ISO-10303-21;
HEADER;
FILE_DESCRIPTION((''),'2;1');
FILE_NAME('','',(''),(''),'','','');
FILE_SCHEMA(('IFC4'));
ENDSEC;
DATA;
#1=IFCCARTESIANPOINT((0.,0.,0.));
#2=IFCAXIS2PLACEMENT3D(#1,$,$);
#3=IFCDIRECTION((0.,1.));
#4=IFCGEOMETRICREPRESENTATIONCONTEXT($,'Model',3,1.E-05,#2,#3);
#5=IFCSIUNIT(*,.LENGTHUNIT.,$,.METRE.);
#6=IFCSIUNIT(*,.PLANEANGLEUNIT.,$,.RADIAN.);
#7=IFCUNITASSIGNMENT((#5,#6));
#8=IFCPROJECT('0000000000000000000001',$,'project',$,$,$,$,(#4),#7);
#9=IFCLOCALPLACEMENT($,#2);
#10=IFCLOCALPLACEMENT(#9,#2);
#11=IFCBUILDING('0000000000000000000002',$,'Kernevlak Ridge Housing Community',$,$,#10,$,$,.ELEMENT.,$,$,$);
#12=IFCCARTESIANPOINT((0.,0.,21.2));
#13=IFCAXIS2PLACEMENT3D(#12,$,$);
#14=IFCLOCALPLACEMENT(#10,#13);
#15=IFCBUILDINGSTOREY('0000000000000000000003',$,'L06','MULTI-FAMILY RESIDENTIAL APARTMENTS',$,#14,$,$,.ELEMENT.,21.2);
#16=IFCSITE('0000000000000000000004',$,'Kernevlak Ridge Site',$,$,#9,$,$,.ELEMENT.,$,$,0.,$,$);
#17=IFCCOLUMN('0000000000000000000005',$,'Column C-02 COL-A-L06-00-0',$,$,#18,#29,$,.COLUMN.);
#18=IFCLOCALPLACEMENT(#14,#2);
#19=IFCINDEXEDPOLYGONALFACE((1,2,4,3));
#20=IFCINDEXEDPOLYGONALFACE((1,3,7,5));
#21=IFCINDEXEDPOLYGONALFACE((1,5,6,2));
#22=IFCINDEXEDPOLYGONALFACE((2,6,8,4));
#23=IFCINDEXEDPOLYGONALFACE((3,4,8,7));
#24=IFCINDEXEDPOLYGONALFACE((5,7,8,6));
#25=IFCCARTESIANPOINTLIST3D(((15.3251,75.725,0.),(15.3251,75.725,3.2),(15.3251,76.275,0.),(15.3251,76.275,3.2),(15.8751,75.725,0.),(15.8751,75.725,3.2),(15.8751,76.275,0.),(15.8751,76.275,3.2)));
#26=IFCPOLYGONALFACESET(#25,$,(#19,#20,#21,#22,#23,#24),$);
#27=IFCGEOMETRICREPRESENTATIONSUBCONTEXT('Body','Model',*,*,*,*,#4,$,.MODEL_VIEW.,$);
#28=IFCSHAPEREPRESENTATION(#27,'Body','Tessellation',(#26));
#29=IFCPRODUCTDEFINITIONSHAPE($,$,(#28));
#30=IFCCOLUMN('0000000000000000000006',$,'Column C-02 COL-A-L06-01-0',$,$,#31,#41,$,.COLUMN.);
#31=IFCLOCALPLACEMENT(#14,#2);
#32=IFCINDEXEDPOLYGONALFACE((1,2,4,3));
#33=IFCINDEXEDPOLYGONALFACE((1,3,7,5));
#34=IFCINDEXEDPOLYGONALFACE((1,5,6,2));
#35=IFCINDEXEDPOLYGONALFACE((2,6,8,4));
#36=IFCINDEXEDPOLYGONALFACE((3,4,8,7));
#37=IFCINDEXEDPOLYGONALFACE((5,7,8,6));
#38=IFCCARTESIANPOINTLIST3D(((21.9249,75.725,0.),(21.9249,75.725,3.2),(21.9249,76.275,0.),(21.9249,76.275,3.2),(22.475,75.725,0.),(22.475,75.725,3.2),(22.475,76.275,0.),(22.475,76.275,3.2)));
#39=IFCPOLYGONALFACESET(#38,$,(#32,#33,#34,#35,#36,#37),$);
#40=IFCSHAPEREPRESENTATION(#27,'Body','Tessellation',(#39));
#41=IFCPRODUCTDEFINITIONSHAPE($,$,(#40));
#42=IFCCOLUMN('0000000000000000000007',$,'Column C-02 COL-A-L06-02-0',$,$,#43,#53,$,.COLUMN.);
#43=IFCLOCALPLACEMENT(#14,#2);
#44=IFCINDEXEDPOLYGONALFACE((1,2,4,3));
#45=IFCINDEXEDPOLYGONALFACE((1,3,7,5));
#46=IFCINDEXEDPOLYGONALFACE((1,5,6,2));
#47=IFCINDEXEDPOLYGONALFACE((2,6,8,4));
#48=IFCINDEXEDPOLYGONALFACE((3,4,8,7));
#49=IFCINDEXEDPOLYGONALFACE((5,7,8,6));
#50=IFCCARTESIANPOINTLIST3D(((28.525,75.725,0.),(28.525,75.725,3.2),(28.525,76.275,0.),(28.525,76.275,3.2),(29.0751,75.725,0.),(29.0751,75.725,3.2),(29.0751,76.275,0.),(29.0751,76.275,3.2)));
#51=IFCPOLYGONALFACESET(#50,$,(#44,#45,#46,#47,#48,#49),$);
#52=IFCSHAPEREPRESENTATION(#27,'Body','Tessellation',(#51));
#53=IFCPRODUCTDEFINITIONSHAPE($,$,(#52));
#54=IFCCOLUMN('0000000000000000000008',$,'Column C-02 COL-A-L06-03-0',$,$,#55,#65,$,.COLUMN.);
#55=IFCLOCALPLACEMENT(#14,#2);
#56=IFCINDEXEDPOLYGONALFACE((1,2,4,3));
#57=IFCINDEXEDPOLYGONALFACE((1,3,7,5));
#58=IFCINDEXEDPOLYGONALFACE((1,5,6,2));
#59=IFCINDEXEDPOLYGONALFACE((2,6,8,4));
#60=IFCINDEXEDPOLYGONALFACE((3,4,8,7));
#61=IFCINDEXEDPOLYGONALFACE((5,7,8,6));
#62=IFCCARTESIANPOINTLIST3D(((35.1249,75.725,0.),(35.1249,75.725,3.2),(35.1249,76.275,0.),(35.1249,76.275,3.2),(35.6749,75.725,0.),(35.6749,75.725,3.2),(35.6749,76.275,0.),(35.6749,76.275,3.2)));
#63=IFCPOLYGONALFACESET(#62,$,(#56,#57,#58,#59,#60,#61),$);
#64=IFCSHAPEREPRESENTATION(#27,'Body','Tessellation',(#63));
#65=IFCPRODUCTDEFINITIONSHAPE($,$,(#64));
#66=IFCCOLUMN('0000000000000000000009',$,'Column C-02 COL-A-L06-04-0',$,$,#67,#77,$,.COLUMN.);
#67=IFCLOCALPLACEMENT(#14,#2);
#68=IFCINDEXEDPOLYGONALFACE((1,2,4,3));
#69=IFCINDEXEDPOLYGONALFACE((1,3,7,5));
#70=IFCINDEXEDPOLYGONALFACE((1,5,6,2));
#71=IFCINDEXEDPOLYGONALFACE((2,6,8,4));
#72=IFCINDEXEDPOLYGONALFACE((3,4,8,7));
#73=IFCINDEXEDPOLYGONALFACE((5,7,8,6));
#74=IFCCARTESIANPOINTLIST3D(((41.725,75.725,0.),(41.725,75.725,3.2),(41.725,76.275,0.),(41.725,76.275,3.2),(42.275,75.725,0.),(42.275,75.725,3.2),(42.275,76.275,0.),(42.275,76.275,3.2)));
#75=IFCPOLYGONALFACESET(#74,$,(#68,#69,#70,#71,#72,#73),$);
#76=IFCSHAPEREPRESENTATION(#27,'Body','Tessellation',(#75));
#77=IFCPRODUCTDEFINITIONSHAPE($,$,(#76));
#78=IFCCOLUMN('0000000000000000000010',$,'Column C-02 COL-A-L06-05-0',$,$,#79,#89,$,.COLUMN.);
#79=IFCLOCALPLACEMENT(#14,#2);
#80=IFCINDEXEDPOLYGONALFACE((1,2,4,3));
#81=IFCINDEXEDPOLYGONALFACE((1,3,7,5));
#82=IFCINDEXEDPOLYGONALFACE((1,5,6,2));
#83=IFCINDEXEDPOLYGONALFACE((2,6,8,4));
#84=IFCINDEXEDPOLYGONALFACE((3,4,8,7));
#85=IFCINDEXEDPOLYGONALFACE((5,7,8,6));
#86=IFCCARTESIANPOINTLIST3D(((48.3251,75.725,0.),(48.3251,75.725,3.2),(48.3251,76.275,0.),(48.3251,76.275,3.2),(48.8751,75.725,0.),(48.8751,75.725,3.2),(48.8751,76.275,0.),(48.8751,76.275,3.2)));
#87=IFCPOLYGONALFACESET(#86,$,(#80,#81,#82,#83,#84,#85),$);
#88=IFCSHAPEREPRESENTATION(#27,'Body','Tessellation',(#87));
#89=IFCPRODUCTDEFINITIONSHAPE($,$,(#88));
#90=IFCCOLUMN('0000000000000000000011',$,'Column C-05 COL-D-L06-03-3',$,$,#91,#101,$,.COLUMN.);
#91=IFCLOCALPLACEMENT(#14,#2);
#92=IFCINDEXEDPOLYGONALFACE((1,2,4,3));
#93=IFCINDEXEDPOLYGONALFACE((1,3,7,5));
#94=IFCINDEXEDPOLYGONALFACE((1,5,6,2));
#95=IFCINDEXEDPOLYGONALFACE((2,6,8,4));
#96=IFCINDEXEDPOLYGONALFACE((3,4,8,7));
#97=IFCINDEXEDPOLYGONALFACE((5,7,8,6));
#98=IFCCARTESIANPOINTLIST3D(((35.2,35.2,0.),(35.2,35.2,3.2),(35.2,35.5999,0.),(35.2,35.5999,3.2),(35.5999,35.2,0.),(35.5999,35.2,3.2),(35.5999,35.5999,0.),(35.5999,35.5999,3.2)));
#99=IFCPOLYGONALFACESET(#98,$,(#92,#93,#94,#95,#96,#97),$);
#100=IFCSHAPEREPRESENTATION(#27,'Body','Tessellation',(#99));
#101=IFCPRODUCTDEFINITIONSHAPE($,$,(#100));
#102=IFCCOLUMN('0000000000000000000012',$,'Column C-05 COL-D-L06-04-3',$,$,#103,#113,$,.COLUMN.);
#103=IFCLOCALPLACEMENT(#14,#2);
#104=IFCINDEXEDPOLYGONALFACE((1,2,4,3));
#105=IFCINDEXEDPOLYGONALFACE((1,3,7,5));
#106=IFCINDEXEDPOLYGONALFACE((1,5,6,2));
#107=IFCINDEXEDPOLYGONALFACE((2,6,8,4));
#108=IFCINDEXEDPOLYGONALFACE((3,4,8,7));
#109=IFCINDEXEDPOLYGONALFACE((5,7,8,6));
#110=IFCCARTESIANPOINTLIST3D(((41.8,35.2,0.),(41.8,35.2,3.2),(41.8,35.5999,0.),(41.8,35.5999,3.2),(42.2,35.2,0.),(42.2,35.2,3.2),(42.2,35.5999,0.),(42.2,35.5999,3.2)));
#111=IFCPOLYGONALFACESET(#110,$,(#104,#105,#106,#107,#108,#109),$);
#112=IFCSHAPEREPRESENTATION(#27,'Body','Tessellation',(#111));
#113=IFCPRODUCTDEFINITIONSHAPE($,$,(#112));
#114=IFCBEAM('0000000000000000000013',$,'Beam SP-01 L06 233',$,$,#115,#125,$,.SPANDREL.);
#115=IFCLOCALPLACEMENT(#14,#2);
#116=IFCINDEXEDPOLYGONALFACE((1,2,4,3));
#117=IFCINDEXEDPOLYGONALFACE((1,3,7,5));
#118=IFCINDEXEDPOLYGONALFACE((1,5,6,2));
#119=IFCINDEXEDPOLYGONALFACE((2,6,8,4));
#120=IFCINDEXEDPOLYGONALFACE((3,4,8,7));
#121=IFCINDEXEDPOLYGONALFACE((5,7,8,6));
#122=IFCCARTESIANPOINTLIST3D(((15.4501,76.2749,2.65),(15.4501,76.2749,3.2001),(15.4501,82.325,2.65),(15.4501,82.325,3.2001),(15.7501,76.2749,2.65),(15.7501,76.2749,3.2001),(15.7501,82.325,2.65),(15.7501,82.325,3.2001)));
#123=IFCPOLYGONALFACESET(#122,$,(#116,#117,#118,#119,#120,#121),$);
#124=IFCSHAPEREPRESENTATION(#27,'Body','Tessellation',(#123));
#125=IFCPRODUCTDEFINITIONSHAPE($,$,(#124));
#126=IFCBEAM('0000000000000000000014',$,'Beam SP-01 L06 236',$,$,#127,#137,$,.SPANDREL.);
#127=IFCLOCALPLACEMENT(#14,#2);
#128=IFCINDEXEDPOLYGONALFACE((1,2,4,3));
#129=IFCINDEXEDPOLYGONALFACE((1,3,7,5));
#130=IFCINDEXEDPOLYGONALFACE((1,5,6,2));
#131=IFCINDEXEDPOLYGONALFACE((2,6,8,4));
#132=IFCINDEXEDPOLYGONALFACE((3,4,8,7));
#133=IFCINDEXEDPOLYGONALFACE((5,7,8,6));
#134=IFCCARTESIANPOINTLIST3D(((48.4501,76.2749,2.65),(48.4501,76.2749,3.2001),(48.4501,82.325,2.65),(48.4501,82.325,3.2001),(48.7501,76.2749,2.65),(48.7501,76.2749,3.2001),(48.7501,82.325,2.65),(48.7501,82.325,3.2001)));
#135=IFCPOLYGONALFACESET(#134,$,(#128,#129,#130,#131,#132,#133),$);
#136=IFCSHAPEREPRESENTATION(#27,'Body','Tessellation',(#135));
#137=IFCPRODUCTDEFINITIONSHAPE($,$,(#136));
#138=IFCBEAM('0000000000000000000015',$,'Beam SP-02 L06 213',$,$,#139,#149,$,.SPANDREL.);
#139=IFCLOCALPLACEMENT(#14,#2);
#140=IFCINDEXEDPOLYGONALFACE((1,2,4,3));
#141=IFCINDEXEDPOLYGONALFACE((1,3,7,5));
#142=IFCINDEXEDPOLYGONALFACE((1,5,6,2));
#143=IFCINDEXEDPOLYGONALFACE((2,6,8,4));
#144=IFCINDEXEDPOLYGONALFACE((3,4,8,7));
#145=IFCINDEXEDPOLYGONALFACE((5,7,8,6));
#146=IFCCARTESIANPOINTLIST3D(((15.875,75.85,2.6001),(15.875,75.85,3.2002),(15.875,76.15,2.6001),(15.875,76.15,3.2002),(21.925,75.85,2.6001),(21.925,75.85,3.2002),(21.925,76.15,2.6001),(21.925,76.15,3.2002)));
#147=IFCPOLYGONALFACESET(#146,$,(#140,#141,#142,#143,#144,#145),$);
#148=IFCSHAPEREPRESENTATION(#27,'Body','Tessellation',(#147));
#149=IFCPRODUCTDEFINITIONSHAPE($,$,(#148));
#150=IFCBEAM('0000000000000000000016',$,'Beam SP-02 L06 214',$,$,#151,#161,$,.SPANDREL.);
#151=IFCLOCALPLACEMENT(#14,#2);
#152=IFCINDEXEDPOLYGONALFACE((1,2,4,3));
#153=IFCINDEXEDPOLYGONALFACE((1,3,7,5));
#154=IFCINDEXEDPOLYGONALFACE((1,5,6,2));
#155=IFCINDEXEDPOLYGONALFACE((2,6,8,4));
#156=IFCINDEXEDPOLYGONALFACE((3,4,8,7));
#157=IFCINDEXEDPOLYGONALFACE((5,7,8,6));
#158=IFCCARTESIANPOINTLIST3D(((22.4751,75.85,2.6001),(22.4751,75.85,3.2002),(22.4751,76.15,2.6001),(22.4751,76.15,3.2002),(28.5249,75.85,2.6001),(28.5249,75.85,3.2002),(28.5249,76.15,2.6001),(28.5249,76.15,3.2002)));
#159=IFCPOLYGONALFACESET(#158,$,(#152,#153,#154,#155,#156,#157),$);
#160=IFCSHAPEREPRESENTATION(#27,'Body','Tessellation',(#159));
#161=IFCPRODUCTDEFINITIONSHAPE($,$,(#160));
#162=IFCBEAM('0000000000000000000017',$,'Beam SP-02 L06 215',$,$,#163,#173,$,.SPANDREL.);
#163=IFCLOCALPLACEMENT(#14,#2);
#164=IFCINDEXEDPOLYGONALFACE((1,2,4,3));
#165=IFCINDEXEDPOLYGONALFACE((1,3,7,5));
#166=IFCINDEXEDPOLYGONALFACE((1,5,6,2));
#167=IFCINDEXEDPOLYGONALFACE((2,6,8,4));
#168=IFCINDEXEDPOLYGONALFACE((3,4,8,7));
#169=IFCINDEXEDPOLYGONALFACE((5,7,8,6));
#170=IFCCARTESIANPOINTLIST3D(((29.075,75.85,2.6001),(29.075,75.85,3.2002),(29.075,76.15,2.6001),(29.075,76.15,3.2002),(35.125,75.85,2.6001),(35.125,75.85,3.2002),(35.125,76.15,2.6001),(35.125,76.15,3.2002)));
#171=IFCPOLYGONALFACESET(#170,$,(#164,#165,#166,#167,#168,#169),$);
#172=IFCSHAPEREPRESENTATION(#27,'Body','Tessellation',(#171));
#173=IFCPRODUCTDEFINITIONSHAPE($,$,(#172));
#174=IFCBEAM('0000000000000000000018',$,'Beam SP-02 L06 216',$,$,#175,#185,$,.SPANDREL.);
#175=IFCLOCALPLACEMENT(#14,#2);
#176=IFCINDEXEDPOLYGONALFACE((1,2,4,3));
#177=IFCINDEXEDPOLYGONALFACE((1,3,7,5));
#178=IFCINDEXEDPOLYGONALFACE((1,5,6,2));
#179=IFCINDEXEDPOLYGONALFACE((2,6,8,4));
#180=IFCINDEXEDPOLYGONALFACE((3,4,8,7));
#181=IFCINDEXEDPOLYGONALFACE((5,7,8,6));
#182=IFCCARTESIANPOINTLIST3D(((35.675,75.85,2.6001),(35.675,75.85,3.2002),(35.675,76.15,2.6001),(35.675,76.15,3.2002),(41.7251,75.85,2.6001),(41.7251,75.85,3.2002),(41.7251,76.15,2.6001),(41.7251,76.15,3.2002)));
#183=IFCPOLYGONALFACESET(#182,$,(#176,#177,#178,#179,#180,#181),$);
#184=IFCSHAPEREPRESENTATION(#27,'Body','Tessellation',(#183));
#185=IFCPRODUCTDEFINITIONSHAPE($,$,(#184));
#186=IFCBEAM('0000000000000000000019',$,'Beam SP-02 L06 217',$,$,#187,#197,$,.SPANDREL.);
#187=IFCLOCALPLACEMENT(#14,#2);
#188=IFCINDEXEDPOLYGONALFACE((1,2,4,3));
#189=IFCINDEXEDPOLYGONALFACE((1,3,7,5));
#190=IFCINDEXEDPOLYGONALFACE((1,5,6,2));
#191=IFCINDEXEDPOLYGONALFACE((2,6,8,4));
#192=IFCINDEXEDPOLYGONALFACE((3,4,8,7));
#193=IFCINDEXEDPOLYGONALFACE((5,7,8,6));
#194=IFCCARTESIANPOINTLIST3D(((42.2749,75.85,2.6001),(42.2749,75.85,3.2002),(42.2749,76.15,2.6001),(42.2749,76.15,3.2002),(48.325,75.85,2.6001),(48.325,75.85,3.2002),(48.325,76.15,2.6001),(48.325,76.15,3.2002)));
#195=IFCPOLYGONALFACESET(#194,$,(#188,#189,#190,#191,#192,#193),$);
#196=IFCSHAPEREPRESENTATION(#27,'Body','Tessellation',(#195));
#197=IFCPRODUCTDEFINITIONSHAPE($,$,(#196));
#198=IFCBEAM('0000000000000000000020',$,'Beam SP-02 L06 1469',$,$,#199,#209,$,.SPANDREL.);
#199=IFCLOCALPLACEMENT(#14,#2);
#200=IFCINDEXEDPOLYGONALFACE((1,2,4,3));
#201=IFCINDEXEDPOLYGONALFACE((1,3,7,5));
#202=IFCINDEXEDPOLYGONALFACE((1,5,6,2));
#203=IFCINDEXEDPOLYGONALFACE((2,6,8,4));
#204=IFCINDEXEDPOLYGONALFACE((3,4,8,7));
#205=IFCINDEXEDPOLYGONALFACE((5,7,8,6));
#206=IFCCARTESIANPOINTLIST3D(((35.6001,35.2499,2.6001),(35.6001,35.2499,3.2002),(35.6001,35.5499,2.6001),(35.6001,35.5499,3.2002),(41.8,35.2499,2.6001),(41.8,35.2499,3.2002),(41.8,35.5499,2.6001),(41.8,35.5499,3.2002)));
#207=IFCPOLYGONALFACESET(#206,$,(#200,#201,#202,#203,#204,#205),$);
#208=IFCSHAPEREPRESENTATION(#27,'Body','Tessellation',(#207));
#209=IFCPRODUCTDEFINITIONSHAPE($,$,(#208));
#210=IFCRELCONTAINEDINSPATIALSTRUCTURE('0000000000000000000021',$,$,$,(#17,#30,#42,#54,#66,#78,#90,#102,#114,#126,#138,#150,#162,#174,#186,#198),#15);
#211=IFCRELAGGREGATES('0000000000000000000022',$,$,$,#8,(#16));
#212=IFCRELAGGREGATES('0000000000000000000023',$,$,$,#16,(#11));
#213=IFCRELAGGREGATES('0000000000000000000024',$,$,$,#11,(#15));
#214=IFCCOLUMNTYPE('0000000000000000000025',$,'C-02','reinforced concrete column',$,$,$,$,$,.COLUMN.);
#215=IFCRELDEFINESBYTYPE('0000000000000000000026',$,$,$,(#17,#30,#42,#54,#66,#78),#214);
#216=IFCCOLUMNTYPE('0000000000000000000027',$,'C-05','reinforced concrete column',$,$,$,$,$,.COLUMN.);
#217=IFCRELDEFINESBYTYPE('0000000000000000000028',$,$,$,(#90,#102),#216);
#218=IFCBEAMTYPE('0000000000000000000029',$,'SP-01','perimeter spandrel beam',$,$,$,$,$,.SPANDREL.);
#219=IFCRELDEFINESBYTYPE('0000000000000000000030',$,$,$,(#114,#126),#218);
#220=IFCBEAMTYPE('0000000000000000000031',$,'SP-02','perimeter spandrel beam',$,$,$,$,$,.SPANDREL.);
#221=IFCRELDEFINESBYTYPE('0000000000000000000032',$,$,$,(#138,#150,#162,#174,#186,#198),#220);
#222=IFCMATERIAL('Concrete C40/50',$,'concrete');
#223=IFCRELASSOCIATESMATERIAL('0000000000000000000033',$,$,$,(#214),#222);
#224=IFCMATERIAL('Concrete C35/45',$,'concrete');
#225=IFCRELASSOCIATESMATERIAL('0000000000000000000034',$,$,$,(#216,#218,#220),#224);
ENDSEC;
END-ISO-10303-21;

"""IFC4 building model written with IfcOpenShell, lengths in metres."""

from ifc_helpers import new_model, si_unit, direction, frame, origin, origin_2d, place, context, subcontext, project, spatial, rectangle, extrude, material, material_profile, profile_set, type_object, element, save


model = new_model("IFC4")

# Units and contexts
model_context = context("Model", 3, precision=1e-05, world=origin(), true_north=direction((0.0, 1.0)))
body_context = subcontext(model_context, "Body", "Model", "MODEL_VIEW")
ifc_project = project(units=[si_unit("LENGTHUNIT", "METRE"), si_unit("PLANEANGLEUNIT", "RADIAN")], contexts=[model_context])

# Site, building, storey
site_placement = place(None, origin())
site = spatial("IfcSite", under=ifc_project, at=site_placement, Name="Kernevlak Ridge Site", CompositionType="ELEMENT", RefElevation=0.0)
building_placement = place(site_placement, origin())
building = spatial("IfcBuilding", under=site, at=building_placement, Name="Kernevlak Ridge Housing Community", CompositionType="ELEMENT")
storey_placement = place(building_placement, frame((0.0, 0.0, 21.2)))
storey = spatial("IfcBuildingStorey", under=building, at=storey_placement, Name="L06", Description="MULTI-FAMILY RESIDENTIAL APARTMENTS", CompositionType="ELEMENT", Elevation=21.2)

# Columns
ifc_material_1 = material(Name="Concrete C40/50", Category="concrete")
ifc_material_profile_1 = material_profile(ifc_material_1, rectangle(XDim=0.55, YDim=0.55, at=origin_2d()), Name="RC 550x550")
ifc_profile_set_1 = profile_set([ifc_material_profile_1], Name="Concrete C40/50")
column_type_1 = type_object("IfcColumnType", Name="C-02", Description="reinforced concrete column", PredefinedType="COLUMN", material=ifc_profile_set_1)
for number, where, z_axis, x_axis, name in (
    (1, (15.6001, 76.0, 0.0), (0.0, 0.0, 1.0), (1.0, 0.0, 0.0), "Column C-02 COL-A-L06-00-0"),
    (2, (22.2, 76.0, 0.0), (0.0, 0.0, 1.0), (1.0, 0.0, 0.0), "Column C-02 COL-A-L06-01-0"),
    (3, (28.8, 76.0, 0.0), (0.0, 0.0, 1.0), (1.0, 0.0, 0.0), "Column C-02 COL-A-L06-02-0"),
    (4, (35.3999, 76.0, 0.0), (0.0, 0.0, 1.0), (1.0, 0.0, 0.0), "Column C-02 COL-A-L06-03-0"),
    (5, (42.0, 76.0, 0.0), (0.0, 0.0, 1.0), (1.0, 0.0, 0.0), "Column C-02 COL-A-L06-04-0"),
    (6, (48.6001, 76.0, 0.0), (0.0, 0.0, 1.0), (1.0, 0.0, 0.0), "Column C-02 COL-A-L06-05-0"),
):
    element("IfcColumn", number, at=place(storey_placement, frame(where, z_axis=z_axis, x_axis=x_axis)), inside=storey, type_object=column_type_1, Name=name, PredefinedType="COLUMN", context=body_context, shape_type="SweptSolid", body=[
        extrude(rectangle(XDim=0.55, YDim=0.55, at=origin_2d()), origin(), (0.0, 0.0, 1.0), 3.2),
    ])
ifc_material_2 = material(Name="Concrete C35/45", Category="concrete")
ifc_material_profile_2 = material_profile(ifc_material_2, rectangle(XDim=0.3999, YDim=0.3999, at=origin_2d()), Name="RC 400x400")
ifc_profile_set_2 = profile_set([ifc_material_profile_2], Name="Concrete C35/45")
column_type_2 = type_object("IfcColumnType", Name="C-05", Description="reinforced concrete column", PredefinedType="COLUMN", material=ifc_profile_set_2)
for number, where, z_axis, x_axis, name in (
    (7, (35.3999, 35.3999, 0.0), (0.0, 0.0, 1.0), (1.0, 0.0, 0.0), "Column C-05 COL-D-L06-03-3"),
    (8, (42.0, 35.3999, 0.0), (0.0, 0.0, 1.0), (1.0, 0.0, 0.0), "Column C-05 COL-D-L06-04-3"),
):
    element("IfcColumn", number, at=place(storey_placement, frame(where, z_axis=z_axis, x_axis=x_axis)), inside=storey, type_object=column_type_2, Name=name, PredefinedType="COLUMN", context=body_context, shape_type="SweptSolid", body=[
        extrude(rectangle(XDim=0.3999, YDim=0.3999, at=origin_2d()), origin(), (0.0, 0.0, 1.0), 3.2),
    ])

# Beams
ifc_material_profile_3 = material_profile(ifc_material_2, rectangle(XDim=0.3, YDim=0.55, at=origin_2d()), Name="RC 300x550")
ifc_profile_set_3 = profile_set([ifc_material_profile_3], Name="Concrete C35/45")
beam_type_1 = type_object("IfcBeamType", Name="SP-01", Description="perimeter spandrel beam", PredefinedType="SPANDREL", material=ifc_profile_set_3)
for number, where, z_axis, x_axis, name in (
    (9, (15.6001, 76.2749, 2.925), (0.0, 1.0, 0.0), (-1.0, 0.0, 0.0), "Beam SP-01 L06 233"),
    (10, (48.6001, 76.2749, 2.925), (0.0, 1.0, 0.0), (-1.0, 0.0, 0.0), "Beam SP-01 L06 236"),
):
    element("IfcBeam", number, at=place(storey_placement, frame(where, z_axis=z_axis, x_axis=x_axis)), inside=storey, type_object=beam_type_1, Name=name, PredefinedType="SPANDREL", context=body_context, shape_type="SweptSolid", body=[
        extrude(rectangle(XDim=0.3, YDim=0.55, at=origin_2d()), origin(), (0.0, 0.0, 1.0), 6.05),
    ])
ifc_material_profile_4 = material_profile(ifc_material_2, rectangle(XDim=0.3, YDim=0.6001, at=origin_2d()), Name="RC 300x600")
ifc_profile_set_4 = profile_set([ifc_material_profile_4], Name="Concrete C35/45")
beam_type_2 = type_object("IfcBeamType", Name="SP-02", Description="perimeter spandrel beam", PredefinedType="SPANDREL", material=ifc_profile_set_4)
beam_1_placement = place(storey_placement, frame((15.875, 76.0, 2.9001), z_axis=(1.0, 0.0, 0.0), x_axis=(0.0, 1.0, 0.0)))
element("IfcBeam", 11, at=beam_1_placement, inside=storey, type_object=beam_type_2, Name="Beam SP-02 L06 213", PredefinedType="SPANDREL", context=body_context, shape_type="SweptSolid", body=[
    extrude(rectangle(XDim=0.3, YDim=0.6001, at=origin_2d()), origin(), (0.0, 0.0, 1.0), 6.05),
])
beam_2_placement = place(storey_placement, frame((22.4751, 76.0, 2.9001), z_axis=(1.0, 0.0, 0.0), x_axis=(0.0, 1.0, 0.0)))
element("IfcBeam", 12, at=beam_2_placement, inside=storey, type_object=beam_type_2, Name="Beam SP-02 L06 214", PredefinedType="SPANDREL", context=body_context, shape_type="SweptSolid", body=[
    extrude(rectangle(XDim=0.3, YDim=0.6001, at=origin_2d()), origin(), (0.0, 0.0, 1.0), 6.0498),
])
for number, where, z_axis, x_axis, name in (
    (13, (29.075, 76.0, 2.9001), (1.0, 0.0, 0.0), (0.0, 1.0, 0.0), "Beam SP-02 L06 215"),
    (14, (35.675, 76.0, 2.9001), (1.0, 0.0, 0.0), (0.0, 1.0, 0.0), "Beam SP-02 L06 216"),
    (15, (42.2749, 76.0, 2.9001), (1.0, 0.0, 0.0), (0.0, 1.0, 0.0), "Beam SP-02 L06 217"),
):
    element("IfcBeam", number, at=place(storey_placement, frame(where, z_axis=z_axis, x_axis=x_axis)), inside=storey, type_object=beam_type_2, Name=name, PredefinedType="SPANDREL", context=body_context, shape_type="SweptSolid", body=[
        extrude(rectangle(XDim=0.3, YDim=0.6001, at=origin_2d()), origin(), (0.0, 0.0, 1.0), 6.05),
    ])
beam_3_placement = place(storey_placement, frame((35.6001, 35.3999, 2.9001), z_axis=(1.0, 0.0, 0.0), x_axis=(0.0, 1.0, 0.0)))
element("IfcBeam", 16, at=beam_3_placement, inside=storey, type_object=beam_type_2, Name="Beam SP-02 L06 1469", PredefinedType="SPANDREL", context=body_context, shape_type="SweptSolid", body=[
    extrude(rectangle(XDim=0.3, YDim=0.6001, at=origin_2d()), origin(), (0.0, 0.0, 1.0), 6.2),
])

save(model, "model.ifc")
